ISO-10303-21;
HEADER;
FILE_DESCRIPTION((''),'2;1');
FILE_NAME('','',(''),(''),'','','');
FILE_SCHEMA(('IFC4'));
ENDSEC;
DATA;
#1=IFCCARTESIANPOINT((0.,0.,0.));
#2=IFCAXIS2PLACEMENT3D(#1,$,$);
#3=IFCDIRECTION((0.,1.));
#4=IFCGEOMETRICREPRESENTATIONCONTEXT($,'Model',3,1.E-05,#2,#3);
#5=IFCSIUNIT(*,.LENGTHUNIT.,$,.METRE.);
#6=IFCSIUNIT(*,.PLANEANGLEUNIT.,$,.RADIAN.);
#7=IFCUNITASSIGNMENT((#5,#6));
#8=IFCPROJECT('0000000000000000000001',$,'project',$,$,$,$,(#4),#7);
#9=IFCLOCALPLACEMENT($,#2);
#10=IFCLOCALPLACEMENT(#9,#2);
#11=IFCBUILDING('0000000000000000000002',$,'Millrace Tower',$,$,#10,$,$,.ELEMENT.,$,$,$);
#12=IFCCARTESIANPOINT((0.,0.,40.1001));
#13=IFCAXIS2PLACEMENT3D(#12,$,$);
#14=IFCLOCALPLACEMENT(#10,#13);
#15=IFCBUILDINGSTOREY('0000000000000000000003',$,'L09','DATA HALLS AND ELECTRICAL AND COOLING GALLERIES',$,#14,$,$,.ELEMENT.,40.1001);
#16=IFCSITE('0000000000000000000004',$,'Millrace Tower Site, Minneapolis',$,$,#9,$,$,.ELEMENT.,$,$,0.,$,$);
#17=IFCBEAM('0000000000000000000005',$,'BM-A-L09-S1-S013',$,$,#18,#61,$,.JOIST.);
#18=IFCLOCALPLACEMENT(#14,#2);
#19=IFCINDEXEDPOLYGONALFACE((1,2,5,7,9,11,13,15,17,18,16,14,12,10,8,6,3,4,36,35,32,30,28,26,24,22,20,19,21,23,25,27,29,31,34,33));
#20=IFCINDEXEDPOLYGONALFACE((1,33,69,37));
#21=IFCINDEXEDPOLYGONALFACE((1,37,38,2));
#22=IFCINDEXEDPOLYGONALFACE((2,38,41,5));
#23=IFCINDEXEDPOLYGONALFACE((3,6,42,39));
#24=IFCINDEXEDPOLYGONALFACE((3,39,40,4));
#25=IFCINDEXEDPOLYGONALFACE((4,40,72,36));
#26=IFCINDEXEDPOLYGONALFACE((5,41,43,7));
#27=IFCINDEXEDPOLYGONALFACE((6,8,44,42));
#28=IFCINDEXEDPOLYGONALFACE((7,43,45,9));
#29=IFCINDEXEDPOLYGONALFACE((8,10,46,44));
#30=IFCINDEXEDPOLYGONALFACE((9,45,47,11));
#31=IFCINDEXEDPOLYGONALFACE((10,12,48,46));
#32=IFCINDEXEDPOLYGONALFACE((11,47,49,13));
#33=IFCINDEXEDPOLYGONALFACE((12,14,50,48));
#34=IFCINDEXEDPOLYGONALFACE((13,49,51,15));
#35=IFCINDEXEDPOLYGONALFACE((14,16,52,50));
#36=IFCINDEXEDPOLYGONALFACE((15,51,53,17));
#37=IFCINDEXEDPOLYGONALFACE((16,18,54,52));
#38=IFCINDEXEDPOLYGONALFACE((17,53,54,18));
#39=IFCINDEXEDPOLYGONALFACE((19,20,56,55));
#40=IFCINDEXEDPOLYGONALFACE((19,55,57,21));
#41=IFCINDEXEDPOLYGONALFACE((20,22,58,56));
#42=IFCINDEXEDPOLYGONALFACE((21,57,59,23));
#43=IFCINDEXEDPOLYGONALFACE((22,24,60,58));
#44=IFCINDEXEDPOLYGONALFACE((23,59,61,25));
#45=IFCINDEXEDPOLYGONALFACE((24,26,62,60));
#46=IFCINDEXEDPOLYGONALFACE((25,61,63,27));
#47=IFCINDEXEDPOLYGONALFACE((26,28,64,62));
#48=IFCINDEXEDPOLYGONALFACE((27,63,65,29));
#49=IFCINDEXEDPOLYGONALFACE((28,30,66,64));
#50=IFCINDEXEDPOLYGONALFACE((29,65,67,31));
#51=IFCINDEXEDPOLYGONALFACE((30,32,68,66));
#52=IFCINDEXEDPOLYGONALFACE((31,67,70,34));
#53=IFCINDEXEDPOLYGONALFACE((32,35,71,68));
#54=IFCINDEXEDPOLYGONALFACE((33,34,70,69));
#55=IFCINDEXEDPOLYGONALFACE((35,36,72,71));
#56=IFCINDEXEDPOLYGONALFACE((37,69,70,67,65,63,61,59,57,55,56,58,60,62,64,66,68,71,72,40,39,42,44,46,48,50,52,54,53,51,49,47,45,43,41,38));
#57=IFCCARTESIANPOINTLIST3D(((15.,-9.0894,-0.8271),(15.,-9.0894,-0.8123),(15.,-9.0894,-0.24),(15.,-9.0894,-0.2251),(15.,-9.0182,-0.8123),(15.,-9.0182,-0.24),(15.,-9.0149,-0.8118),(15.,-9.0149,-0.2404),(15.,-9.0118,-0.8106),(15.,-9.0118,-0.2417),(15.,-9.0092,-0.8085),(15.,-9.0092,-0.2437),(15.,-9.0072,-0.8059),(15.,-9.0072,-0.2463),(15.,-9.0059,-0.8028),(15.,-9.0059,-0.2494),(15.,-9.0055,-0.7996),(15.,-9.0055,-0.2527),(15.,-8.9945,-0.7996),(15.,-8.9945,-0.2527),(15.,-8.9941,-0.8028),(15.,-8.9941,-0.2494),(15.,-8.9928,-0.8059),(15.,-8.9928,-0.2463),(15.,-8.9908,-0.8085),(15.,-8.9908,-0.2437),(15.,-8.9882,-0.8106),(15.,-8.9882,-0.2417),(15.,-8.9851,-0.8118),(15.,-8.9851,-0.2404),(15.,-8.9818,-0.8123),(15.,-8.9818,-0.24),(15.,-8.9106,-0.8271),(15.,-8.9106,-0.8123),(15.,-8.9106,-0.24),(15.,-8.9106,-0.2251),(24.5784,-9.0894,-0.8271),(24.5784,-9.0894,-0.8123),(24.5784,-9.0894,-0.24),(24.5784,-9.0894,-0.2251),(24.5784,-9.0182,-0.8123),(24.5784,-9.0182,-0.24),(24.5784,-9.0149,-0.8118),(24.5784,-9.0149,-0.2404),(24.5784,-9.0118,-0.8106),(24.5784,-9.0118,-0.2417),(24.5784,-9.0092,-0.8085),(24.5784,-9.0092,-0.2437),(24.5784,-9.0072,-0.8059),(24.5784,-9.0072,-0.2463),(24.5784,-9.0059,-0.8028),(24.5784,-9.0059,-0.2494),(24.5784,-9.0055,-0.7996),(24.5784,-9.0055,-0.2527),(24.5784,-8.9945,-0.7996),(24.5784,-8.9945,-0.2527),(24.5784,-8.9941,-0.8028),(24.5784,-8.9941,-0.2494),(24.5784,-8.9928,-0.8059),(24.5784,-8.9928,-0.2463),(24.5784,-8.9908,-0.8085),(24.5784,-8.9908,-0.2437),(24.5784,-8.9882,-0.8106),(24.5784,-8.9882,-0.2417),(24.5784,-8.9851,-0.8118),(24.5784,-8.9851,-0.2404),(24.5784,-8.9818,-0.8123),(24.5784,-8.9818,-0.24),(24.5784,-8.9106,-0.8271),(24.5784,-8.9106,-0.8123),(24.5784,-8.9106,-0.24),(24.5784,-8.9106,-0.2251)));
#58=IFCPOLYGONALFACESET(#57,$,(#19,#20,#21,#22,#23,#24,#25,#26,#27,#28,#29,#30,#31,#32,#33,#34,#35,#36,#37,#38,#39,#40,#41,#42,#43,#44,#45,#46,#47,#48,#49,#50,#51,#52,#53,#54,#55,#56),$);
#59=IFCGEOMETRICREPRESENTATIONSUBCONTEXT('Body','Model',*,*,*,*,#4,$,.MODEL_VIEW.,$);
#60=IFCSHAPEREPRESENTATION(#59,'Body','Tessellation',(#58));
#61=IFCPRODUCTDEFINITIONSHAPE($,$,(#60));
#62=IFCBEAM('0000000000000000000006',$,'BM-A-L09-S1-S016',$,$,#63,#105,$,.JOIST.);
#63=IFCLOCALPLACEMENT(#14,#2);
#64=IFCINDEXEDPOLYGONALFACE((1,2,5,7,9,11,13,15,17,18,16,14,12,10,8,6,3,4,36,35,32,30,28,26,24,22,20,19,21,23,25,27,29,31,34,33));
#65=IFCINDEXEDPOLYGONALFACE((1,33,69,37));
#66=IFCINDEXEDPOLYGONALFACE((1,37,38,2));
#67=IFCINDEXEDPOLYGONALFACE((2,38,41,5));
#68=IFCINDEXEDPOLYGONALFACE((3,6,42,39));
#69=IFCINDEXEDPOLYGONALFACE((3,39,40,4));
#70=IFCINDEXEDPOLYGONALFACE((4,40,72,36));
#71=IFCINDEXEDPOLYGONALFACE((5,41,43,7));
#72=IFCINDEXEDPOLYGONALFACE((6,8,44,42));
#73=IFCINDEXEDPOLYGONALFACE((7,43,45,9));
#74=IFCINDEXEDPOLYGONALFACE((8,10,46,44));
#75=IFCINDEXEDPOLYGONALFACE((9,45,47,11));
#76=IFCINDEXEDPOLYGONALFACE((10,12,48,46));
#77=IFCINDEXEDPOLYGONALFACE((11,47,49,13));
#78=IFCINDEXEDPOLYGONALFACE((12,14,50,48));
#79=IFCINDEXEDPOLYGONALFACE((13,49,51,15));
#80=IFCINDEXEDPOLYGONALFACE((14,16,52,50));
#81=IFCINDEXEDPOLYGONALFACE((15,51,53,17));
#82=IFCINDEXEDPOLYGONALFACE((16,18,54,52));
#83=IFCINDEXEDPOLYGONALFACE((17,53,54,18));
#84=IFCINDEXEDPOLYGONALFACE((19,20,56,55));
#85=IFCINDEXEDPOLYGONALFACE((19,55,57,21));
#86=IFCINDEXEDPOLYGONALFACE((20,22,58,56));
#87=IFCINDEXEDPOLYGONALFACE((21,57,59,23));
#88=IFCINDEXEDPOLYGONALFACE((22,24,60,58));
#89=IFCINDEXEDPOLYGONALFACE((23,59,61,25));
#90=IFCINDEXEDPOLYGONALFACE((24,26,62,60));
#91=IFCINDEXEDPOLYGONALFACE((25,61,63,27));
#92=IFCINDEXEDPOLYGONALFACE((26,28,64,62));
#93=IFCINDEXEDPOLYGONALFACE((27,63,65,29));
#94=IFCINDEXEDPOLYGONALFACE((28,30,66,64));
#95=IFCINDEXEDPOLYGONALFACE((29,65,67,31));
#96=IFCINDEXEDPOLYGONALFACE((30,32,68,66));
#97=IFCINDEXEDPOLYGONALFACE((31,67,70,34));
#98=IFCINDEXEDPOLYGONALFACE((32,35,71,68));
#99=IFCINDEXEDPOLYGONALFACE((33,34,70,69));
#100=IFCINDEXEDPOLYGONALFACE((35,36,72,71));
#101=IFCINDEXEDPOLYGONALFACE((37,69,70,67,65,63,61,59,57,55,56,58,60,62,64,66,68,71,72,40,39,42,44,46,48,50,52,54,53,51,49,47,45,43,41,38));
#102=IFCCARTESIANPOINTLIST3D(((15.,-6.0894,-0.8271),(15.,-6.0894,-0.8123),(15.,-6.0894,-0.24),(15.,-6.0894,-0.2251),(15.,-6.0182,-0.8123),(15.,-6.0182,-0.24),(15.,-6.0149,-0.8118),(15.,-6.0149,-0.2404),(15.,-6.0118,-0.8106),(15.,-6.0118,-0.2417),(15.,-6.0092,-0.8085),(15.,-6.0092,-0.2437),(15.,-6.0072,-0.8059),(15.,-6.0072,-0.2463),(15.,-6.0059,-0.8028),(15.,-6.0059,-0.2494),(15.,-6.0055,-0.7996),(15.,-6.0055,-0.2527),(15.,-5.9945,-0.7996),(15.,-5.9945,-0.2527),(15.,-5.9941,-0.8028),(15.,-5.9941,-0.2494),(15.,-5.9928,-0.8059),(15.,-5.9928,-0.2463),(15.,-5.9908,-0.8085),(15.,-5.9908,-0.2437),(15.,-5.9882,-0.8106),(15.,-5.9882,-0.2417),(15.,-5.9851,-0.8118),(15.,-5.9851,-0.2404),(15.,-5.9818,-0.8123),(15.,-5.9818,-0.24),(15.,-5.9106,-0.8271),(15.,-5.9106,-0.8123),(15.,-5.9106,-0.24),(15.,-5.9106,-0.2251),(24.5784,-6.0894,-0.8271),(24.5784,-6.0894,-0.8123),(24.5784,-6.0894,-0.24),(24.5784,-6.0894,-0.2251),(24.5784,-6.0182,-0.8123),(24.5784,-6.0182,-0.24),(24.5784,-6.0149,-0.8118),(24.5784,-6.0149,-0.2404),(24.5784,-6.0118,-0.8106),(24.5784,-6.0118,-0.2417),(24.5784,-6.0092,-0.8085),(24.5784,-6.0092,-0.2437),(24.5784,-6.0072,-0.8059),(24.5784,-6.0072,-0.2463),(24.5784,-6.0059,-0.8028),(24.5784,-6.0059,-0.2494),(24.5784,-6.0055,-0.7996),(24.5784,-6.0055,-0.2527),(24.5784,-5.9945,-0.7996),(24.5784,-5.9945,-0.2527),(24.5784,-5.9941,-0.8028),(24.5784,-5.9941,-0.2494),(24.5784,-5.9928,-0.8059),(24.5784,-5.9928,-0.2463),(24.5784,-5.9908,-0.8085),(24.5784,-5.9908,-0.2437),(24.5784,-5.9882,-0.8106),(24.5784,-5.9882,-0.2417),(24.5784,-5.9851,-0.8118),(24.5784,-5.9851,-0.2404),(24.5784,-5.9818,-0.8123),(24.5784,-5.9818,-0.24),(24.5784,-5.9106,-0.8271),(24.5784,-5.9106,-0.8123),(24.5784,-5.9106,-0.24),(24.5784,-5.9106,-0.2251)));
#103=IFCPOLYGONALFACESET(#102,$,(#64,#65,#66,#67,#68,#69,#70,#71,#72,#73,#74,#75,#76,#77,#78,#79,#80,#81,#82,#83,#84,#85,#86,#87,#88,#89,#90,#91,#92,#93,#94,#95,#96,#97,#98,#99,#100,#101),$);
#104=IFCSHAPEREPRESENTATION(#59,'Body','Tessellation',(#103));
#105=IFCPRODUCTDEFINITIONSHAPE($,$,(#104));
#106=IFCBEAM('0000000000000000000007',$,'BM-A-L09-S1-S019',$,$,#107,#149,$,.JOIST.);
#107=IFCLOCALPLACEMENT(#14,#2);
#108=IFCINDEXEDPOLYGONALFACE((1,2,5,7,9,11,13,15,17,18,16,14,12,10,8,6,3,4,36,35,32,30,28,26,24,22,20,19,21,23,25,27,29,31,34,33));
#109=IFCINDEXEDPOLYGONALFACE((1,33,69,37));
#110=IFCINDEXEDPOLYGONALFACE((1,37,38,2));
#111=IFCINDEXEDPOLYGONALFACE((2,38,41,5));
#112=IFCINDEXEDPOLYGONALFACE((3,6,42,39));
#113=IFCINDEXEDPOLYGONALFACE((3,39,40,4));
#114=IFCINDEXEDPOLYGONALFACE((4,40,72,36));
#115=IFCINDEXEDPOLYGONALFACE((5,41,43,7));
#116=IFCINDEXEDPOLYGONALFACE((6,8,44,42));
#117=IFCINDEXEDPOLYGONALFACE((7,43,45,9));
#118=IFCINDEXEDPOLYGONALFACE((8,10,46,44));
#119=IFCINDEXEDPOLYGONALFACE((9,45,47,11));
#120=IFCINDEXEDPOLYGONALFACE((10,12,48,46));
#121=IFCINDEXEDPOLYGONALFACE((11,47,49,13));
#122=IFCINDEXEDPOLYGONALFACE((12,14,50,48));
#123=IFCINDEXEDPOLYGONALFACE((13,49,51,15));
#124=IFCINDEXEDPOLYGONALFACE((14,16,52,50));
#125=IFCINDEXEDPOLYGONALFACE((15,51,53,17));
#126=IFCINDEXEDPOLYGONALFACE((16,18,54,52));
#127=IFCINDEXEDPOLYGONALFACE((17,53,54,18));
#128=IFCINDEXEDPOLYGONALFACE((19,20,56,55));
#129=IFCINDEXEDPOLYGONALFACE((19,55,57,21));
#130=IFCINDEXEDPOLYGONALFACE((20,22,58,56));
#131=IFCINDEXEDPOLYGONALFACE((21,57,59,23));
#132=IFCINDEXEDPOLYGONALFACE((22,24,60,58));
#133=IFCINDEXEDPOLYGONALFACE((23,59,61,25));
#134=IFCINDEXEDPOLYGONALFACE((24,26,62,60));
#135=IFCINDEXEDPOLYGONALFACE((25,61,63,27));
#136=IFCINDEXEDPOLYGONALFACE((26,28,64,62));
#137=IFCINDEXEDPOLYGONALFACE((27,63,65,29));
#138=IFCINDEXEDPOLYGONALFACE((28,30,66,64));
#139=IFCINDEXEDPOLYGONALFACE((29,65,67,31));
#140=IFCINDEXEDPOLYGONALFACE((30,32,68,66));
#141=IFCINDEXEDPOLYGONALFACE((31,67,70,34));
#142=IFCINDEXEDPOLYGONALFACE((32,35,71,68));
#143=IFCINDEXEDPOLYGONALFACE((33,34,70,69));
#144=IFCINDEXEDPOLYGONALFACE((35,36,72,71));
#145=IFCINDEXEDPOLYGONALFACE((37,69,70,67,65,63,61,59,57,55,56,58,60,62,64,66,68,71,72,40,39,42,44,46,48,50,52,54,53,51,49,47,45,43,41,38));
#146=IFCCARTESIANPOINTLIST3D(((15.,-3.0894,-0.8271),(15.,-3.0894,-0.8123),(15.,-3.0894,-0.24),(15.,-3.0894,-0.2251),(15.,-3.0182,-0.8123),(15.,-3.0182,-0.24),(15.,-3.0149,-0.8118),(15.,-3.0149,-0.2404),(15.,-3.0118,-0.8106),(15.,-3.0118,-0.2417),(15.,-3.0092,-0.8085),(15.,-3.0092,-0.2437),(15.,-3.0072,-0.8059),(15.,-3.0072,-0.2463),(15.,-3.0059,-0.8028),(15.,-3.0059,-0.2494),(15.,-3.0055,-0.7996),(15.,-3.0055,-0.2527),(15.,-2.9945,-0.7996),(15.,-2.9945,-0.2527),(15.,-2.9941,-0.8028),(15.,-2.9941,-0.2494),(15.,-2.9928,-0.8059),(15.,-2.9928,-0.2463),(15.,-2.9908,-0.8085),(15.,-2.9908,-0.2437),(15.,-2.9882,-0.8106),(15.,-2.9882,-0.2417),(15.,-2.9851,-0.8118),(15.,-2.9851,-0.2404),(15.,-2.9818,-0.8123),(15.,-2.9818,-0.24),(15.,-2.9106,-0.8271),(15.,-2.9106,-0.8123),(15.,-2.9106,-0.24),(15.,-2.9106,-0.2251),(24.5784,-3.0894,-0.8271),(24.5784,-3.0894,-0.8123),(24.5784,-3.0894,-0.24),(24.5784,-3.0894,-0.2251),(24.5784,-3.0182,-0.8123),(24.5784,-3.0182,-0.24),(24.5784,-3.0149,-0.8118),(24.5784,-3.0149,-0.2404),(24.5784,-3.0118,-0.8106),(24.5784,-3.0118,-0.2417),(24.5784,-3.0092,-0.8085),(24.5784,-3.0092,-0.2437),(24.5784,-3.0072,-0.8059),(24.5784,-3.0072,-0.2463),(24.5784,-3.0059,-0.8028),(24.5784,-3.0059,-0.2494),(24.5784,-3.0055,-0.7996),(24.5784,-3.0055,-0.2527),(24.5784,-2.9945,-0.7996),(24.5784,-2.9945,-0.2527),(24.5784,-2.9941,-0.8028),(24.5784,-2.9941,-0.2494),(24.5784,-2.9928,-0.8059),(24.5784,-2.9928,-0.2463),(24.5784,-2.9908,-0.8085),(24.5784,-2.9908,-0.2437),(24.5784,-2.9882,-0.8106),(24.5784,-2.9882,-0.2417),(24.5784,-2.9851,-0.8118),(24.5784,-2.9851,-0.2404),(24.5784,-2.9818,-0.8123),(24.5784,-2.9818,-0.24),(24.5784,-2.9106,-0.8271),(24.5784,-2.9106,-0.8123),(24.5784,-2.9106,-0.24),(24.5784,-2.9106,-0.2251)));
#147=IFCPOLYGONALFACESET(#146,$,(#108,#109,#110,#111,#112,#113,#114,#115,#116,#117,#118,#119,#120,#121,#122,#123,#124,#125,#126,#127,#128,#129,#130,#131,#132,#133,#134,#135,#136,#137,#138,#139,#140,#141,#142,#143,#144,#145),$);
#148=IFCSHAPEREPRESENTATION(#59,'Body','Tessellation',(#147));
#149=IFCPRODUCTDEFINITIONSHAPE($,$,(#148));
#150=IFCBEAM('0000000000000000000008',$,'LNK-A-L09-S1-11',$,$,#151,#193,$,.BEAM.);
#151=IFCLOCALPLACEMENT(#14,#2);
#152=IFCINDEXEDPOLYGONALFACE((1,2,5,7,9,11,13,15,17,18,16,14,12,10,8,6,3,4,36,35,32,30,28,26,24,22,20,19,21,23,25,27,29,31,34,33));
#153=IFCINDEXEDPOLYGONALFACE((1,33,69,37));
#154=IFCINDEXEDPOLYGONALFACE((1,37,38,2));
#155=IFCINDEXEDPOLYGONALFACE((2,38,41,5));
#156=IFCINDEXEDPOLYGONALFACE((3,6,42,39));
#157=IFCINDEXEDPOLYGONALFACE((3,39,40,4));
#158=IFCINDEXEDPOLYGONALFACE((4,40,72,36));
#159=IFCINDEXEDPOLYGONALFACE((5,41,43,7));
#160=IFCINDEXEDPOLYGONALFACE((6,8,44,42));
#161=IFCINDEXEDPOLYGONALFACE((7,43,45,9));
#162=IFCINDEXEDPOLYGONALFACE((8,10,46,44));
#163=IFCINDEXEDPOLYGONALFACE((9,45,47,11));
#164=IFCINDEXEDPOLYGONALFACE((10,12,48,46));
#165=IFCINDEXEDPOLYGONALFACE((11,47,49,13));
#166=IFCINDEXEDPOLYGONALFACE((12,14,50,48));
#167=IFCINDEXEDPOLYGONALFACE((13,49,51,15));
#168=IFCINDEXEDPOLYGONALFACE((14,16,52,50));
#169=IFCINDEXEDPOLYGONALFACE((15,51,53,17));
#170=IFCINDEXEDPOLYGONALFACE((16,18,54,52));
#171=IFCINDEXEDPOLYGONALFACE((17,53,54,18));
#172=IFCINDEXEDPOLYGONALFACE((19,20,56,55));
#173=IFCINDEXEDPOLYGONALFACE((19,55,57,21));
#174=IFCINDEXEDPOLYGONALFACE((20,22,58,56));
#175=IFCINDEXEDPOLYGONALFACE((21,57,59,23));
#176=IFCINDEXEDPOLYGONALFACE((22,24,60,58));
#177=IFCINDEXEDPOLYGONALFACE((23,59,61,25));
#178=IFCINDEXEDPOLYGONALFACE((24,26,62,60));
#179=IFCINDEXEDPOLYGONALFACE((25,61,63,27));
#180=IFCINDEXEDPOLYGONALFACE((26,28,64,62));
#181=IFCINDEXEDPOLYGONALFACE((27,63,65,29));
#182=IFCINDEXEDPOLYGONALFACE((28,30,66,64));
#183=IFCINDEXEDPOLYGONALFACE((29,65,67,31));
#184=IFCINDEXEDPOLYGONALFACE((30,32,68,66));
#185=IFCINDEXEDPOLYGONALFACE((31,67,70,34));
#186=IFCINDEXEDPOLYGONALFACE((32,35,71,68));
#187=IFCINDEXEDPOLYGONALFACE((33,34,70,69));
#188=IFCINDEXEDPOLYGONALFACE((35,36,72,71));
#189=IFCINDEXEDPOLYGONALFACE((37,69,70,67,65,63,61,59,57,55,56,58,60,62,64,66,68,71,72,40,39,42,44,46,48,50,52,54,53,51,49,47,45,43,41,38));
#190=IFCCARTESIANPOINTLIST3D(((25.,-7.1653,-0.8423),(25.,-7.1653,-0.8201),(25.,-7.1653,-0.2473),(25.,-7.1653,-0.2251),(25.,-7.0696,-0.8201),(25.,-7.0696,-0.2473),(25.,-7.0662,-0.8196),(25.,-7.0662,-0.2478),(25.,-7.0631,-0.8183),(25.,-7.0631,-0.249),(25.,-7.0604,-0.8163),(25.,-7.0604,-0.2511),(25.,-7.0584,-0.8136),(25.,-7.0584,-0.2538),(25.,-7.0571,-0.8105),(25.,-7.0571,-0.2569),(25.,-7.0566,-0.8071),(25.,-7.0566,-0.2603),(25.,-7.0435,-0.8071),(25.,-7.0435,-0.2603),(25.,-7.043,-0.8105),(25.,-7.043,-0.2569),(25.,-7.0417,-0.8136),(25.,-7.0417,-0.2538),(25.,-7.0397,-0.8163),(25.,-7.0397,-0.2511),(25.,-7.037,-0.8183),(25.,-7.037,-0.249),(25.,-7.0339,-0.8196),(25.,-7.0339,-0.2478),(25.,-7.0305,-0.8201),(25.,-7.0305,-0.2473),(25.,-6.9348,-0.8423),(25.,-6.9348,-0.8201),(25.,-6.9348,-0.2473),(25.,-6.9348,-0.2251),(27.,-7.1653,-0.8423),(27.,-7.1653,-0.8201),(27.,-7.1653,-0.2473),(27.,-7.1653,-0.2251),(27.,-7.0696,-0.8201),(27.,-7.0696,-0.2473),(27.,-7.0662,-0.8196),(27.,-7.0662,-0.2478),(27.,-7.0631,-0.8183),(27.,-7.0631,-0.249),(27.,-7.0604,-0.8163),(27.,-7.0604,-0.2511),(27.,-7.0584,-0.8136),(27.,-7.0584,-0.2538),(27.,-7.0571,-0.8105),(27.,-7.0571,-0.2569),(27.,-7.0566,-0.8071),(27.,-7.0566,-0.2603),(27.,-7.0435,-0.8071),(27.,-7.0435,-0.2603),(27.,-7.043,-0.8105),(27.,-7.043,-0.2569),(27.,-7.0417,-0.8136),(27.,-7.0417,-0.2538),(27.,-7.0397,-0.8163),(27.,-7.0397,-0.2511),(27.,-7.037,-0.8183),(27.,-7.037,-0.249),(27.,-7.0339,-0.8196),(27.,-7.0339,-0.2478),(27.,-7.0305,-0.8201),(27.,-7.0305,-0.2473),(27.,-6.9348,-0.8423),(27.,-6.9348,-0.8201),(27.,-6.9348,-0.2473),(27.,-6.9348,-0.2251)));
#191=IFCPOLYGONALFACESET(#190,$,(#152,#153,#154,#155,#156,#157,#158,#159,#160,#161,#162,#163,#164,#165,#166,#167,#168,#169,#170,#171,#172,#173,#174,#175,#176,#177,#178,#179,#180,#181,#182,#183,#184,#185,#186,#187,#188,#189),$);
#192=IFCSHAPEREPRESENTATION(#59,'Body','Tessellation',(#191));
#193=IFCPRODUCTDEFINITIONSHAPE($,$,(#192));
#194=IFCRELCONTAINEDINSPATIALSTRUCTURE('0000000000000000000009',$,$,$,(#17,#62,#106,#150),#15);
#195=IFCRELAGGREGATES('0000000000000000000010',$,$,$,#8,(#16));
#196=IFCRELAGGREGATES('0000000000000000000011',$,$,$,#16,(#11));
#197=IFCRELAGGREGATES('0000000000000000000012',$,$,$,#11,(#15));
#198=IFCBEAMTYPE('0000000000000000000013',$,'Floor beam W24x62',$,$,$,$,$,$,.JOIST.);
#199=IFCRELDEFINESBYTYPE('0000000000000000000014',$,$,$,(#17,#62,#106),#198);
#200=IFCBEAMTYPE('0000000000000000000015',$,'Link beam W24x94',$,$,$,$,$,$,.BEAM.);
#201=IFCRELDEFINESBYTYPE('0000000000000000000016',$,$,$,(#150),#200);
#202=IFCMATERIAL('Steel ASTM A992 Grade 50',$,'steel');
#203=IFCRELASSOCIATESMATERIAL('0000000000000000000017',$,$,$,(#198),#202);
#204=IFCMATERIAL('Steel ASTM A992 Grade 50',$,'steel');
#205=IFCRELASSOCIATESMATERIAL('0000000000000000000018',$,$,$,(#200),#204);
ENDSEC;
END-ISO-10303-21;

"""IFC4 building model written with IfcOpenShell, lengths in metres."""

from ifc_helpers import new_model, si_unit, direction, frame, origin, origin_2d, place, context, subcontext, project, spatial, i_section, extrude, material, material_profile, profile_set, type_object, element, save


model = new_model("IFC4")

# Units and contexts
model_context = context("Model", 3, precision=1e-05, world=origin(), true_north=direction((0.0, 1.0)))
body_context = subcontext(model_context, "Body", "Model", "MODEL_VIEW")
ifc_project = project(units=[si_unit("LENGTHUNIT", "METRE"), si_unit("PLANEANGLEUNIT", "RADIAN")], contexts=[model_context])

# Site, building, storey
site_placement = place(None, origin())
site = spatial("IfcSite", under=ifc_project, at=site_placement, Name="Millrace Tower Site, Minneapolis", CompositionType="ELEMENT", RefElevation=0.0)
building_placement = place(site_placement, origin())
building = spatial("IfcBuilding", under=site, at=building_placement, Name="Millrace Tower", CompositionType="ELEMENT")
storey_placement = place(building_placement, frame((0.0, 0.0, 40.1001)))
storey = spatial("IfcBuildingStorey", under=building, at=storey_placement, Name="L09", Description="DATA HALLS AND ELECTRICAL AND COOLING GALLERIES", CompositionType="ELEMENT", Elevation=40.1001)

# Beams
ifc_material_1 = material(Name="Steel ASTM A992 Grade 50", Category="steel")
ifc_material_profile_1 = material_profile(ifc_material_1, i_section(OverallWidth=0.1787, OverallDepth=0.6021, WebThickness=0.011, FlangeThickness=0.0149, FilletRadius=0.0127, at=origin_2d()))
ifc_profile_set_1 = profile_set([ifc_material_profile_1], Name="Steel ASTM A992 Grade 50")
beam_type_1 = type_object("IfcBeamType", Name="Floor beam W24x62", PredefinedType="JOIST", material=ifc_profile_set_1)
for number, where, z_axis, x_axis, name in (
    (1, (15.0, -9.0, -0.5261), (1.0, 0.0, 0.0), (0.0, 1.0, 0.0), "BM-A-L09-S1-S013"),
    (2, (15.0, -6.0, -0.5261), (1.0, 0.0, 0.0), (0.0, 1.0, 0.0), "BM-A-L09-S1-S016"),
    (3, (15.0, -3.0, -0.5261), (1.0, 0.0, 0.0), (0.0, 1.0, 0.0), "BM-A-L09-S1-S019"),
):
    element("IfcBeam", number, at=place(storey_placement, frame(where, z_axis=z_axis, x_axis=x_axis)), inside=storey, type_object=beam_type_1, Name=name, PredefinedType="JOIST", context=body_context, shape_type="SweptSolid", body=[
        extrude(i_section(OverallWidth=0.1787, OverallDepth=0.6021, WebThickness=0.011, FlangeThickness=0.0149, FilletRadius=0.0127, at=origin_2d()), origin(), (0.0, 0.0, 1.0), 9.5784),
    ])
ifc_material_2 = material(Name="Steel ASTM A992 Grade 50", Category="steel")
ifc_material_profile_2 = material_profile(ifc_material_2, i_section(OverallWidth=0.2305, OverallDepth=0.6172, WebThickness=0.0132, FlangeThickness=0.0222, FilletRadius=0.0129, at=origin_2d()))
ifc_profile_set_2 = profile_set([ifc_material_profile_2], Name="Steel ASTM A992 Grade 50")
beam_type_2 = type_object("IfcBeamType", Name="Link beam W24x94", PredefinedType="BEAM", material=ifc_profile_set_2)
beam_1_placement = place(storey_placement, frame((25.0, -7.05, -0.5337), z_axis=(1.0, 0.0, 0.0), x_axis=(0.0, 1.0, 0.0)))
element("IfcBeam", 4, at=beam_1_placement, inside=storey, type_object=beam_type_2, Name="LNK-A-L09-S1-11", PredefinedType="BEAM", context=body_context, shape_type="SweptSolid", body=[
    extrude(i_section(OverallWidth=0.2305, OverallDepth=0.6172, WebThickness=0.0132, FlangeThickness=0.0222, FilletRadius=0.0129, at=origin_2d()), origin(), (0.0, 0.0, 1.0), 2.0),
])

save(model, "model.ifc")
